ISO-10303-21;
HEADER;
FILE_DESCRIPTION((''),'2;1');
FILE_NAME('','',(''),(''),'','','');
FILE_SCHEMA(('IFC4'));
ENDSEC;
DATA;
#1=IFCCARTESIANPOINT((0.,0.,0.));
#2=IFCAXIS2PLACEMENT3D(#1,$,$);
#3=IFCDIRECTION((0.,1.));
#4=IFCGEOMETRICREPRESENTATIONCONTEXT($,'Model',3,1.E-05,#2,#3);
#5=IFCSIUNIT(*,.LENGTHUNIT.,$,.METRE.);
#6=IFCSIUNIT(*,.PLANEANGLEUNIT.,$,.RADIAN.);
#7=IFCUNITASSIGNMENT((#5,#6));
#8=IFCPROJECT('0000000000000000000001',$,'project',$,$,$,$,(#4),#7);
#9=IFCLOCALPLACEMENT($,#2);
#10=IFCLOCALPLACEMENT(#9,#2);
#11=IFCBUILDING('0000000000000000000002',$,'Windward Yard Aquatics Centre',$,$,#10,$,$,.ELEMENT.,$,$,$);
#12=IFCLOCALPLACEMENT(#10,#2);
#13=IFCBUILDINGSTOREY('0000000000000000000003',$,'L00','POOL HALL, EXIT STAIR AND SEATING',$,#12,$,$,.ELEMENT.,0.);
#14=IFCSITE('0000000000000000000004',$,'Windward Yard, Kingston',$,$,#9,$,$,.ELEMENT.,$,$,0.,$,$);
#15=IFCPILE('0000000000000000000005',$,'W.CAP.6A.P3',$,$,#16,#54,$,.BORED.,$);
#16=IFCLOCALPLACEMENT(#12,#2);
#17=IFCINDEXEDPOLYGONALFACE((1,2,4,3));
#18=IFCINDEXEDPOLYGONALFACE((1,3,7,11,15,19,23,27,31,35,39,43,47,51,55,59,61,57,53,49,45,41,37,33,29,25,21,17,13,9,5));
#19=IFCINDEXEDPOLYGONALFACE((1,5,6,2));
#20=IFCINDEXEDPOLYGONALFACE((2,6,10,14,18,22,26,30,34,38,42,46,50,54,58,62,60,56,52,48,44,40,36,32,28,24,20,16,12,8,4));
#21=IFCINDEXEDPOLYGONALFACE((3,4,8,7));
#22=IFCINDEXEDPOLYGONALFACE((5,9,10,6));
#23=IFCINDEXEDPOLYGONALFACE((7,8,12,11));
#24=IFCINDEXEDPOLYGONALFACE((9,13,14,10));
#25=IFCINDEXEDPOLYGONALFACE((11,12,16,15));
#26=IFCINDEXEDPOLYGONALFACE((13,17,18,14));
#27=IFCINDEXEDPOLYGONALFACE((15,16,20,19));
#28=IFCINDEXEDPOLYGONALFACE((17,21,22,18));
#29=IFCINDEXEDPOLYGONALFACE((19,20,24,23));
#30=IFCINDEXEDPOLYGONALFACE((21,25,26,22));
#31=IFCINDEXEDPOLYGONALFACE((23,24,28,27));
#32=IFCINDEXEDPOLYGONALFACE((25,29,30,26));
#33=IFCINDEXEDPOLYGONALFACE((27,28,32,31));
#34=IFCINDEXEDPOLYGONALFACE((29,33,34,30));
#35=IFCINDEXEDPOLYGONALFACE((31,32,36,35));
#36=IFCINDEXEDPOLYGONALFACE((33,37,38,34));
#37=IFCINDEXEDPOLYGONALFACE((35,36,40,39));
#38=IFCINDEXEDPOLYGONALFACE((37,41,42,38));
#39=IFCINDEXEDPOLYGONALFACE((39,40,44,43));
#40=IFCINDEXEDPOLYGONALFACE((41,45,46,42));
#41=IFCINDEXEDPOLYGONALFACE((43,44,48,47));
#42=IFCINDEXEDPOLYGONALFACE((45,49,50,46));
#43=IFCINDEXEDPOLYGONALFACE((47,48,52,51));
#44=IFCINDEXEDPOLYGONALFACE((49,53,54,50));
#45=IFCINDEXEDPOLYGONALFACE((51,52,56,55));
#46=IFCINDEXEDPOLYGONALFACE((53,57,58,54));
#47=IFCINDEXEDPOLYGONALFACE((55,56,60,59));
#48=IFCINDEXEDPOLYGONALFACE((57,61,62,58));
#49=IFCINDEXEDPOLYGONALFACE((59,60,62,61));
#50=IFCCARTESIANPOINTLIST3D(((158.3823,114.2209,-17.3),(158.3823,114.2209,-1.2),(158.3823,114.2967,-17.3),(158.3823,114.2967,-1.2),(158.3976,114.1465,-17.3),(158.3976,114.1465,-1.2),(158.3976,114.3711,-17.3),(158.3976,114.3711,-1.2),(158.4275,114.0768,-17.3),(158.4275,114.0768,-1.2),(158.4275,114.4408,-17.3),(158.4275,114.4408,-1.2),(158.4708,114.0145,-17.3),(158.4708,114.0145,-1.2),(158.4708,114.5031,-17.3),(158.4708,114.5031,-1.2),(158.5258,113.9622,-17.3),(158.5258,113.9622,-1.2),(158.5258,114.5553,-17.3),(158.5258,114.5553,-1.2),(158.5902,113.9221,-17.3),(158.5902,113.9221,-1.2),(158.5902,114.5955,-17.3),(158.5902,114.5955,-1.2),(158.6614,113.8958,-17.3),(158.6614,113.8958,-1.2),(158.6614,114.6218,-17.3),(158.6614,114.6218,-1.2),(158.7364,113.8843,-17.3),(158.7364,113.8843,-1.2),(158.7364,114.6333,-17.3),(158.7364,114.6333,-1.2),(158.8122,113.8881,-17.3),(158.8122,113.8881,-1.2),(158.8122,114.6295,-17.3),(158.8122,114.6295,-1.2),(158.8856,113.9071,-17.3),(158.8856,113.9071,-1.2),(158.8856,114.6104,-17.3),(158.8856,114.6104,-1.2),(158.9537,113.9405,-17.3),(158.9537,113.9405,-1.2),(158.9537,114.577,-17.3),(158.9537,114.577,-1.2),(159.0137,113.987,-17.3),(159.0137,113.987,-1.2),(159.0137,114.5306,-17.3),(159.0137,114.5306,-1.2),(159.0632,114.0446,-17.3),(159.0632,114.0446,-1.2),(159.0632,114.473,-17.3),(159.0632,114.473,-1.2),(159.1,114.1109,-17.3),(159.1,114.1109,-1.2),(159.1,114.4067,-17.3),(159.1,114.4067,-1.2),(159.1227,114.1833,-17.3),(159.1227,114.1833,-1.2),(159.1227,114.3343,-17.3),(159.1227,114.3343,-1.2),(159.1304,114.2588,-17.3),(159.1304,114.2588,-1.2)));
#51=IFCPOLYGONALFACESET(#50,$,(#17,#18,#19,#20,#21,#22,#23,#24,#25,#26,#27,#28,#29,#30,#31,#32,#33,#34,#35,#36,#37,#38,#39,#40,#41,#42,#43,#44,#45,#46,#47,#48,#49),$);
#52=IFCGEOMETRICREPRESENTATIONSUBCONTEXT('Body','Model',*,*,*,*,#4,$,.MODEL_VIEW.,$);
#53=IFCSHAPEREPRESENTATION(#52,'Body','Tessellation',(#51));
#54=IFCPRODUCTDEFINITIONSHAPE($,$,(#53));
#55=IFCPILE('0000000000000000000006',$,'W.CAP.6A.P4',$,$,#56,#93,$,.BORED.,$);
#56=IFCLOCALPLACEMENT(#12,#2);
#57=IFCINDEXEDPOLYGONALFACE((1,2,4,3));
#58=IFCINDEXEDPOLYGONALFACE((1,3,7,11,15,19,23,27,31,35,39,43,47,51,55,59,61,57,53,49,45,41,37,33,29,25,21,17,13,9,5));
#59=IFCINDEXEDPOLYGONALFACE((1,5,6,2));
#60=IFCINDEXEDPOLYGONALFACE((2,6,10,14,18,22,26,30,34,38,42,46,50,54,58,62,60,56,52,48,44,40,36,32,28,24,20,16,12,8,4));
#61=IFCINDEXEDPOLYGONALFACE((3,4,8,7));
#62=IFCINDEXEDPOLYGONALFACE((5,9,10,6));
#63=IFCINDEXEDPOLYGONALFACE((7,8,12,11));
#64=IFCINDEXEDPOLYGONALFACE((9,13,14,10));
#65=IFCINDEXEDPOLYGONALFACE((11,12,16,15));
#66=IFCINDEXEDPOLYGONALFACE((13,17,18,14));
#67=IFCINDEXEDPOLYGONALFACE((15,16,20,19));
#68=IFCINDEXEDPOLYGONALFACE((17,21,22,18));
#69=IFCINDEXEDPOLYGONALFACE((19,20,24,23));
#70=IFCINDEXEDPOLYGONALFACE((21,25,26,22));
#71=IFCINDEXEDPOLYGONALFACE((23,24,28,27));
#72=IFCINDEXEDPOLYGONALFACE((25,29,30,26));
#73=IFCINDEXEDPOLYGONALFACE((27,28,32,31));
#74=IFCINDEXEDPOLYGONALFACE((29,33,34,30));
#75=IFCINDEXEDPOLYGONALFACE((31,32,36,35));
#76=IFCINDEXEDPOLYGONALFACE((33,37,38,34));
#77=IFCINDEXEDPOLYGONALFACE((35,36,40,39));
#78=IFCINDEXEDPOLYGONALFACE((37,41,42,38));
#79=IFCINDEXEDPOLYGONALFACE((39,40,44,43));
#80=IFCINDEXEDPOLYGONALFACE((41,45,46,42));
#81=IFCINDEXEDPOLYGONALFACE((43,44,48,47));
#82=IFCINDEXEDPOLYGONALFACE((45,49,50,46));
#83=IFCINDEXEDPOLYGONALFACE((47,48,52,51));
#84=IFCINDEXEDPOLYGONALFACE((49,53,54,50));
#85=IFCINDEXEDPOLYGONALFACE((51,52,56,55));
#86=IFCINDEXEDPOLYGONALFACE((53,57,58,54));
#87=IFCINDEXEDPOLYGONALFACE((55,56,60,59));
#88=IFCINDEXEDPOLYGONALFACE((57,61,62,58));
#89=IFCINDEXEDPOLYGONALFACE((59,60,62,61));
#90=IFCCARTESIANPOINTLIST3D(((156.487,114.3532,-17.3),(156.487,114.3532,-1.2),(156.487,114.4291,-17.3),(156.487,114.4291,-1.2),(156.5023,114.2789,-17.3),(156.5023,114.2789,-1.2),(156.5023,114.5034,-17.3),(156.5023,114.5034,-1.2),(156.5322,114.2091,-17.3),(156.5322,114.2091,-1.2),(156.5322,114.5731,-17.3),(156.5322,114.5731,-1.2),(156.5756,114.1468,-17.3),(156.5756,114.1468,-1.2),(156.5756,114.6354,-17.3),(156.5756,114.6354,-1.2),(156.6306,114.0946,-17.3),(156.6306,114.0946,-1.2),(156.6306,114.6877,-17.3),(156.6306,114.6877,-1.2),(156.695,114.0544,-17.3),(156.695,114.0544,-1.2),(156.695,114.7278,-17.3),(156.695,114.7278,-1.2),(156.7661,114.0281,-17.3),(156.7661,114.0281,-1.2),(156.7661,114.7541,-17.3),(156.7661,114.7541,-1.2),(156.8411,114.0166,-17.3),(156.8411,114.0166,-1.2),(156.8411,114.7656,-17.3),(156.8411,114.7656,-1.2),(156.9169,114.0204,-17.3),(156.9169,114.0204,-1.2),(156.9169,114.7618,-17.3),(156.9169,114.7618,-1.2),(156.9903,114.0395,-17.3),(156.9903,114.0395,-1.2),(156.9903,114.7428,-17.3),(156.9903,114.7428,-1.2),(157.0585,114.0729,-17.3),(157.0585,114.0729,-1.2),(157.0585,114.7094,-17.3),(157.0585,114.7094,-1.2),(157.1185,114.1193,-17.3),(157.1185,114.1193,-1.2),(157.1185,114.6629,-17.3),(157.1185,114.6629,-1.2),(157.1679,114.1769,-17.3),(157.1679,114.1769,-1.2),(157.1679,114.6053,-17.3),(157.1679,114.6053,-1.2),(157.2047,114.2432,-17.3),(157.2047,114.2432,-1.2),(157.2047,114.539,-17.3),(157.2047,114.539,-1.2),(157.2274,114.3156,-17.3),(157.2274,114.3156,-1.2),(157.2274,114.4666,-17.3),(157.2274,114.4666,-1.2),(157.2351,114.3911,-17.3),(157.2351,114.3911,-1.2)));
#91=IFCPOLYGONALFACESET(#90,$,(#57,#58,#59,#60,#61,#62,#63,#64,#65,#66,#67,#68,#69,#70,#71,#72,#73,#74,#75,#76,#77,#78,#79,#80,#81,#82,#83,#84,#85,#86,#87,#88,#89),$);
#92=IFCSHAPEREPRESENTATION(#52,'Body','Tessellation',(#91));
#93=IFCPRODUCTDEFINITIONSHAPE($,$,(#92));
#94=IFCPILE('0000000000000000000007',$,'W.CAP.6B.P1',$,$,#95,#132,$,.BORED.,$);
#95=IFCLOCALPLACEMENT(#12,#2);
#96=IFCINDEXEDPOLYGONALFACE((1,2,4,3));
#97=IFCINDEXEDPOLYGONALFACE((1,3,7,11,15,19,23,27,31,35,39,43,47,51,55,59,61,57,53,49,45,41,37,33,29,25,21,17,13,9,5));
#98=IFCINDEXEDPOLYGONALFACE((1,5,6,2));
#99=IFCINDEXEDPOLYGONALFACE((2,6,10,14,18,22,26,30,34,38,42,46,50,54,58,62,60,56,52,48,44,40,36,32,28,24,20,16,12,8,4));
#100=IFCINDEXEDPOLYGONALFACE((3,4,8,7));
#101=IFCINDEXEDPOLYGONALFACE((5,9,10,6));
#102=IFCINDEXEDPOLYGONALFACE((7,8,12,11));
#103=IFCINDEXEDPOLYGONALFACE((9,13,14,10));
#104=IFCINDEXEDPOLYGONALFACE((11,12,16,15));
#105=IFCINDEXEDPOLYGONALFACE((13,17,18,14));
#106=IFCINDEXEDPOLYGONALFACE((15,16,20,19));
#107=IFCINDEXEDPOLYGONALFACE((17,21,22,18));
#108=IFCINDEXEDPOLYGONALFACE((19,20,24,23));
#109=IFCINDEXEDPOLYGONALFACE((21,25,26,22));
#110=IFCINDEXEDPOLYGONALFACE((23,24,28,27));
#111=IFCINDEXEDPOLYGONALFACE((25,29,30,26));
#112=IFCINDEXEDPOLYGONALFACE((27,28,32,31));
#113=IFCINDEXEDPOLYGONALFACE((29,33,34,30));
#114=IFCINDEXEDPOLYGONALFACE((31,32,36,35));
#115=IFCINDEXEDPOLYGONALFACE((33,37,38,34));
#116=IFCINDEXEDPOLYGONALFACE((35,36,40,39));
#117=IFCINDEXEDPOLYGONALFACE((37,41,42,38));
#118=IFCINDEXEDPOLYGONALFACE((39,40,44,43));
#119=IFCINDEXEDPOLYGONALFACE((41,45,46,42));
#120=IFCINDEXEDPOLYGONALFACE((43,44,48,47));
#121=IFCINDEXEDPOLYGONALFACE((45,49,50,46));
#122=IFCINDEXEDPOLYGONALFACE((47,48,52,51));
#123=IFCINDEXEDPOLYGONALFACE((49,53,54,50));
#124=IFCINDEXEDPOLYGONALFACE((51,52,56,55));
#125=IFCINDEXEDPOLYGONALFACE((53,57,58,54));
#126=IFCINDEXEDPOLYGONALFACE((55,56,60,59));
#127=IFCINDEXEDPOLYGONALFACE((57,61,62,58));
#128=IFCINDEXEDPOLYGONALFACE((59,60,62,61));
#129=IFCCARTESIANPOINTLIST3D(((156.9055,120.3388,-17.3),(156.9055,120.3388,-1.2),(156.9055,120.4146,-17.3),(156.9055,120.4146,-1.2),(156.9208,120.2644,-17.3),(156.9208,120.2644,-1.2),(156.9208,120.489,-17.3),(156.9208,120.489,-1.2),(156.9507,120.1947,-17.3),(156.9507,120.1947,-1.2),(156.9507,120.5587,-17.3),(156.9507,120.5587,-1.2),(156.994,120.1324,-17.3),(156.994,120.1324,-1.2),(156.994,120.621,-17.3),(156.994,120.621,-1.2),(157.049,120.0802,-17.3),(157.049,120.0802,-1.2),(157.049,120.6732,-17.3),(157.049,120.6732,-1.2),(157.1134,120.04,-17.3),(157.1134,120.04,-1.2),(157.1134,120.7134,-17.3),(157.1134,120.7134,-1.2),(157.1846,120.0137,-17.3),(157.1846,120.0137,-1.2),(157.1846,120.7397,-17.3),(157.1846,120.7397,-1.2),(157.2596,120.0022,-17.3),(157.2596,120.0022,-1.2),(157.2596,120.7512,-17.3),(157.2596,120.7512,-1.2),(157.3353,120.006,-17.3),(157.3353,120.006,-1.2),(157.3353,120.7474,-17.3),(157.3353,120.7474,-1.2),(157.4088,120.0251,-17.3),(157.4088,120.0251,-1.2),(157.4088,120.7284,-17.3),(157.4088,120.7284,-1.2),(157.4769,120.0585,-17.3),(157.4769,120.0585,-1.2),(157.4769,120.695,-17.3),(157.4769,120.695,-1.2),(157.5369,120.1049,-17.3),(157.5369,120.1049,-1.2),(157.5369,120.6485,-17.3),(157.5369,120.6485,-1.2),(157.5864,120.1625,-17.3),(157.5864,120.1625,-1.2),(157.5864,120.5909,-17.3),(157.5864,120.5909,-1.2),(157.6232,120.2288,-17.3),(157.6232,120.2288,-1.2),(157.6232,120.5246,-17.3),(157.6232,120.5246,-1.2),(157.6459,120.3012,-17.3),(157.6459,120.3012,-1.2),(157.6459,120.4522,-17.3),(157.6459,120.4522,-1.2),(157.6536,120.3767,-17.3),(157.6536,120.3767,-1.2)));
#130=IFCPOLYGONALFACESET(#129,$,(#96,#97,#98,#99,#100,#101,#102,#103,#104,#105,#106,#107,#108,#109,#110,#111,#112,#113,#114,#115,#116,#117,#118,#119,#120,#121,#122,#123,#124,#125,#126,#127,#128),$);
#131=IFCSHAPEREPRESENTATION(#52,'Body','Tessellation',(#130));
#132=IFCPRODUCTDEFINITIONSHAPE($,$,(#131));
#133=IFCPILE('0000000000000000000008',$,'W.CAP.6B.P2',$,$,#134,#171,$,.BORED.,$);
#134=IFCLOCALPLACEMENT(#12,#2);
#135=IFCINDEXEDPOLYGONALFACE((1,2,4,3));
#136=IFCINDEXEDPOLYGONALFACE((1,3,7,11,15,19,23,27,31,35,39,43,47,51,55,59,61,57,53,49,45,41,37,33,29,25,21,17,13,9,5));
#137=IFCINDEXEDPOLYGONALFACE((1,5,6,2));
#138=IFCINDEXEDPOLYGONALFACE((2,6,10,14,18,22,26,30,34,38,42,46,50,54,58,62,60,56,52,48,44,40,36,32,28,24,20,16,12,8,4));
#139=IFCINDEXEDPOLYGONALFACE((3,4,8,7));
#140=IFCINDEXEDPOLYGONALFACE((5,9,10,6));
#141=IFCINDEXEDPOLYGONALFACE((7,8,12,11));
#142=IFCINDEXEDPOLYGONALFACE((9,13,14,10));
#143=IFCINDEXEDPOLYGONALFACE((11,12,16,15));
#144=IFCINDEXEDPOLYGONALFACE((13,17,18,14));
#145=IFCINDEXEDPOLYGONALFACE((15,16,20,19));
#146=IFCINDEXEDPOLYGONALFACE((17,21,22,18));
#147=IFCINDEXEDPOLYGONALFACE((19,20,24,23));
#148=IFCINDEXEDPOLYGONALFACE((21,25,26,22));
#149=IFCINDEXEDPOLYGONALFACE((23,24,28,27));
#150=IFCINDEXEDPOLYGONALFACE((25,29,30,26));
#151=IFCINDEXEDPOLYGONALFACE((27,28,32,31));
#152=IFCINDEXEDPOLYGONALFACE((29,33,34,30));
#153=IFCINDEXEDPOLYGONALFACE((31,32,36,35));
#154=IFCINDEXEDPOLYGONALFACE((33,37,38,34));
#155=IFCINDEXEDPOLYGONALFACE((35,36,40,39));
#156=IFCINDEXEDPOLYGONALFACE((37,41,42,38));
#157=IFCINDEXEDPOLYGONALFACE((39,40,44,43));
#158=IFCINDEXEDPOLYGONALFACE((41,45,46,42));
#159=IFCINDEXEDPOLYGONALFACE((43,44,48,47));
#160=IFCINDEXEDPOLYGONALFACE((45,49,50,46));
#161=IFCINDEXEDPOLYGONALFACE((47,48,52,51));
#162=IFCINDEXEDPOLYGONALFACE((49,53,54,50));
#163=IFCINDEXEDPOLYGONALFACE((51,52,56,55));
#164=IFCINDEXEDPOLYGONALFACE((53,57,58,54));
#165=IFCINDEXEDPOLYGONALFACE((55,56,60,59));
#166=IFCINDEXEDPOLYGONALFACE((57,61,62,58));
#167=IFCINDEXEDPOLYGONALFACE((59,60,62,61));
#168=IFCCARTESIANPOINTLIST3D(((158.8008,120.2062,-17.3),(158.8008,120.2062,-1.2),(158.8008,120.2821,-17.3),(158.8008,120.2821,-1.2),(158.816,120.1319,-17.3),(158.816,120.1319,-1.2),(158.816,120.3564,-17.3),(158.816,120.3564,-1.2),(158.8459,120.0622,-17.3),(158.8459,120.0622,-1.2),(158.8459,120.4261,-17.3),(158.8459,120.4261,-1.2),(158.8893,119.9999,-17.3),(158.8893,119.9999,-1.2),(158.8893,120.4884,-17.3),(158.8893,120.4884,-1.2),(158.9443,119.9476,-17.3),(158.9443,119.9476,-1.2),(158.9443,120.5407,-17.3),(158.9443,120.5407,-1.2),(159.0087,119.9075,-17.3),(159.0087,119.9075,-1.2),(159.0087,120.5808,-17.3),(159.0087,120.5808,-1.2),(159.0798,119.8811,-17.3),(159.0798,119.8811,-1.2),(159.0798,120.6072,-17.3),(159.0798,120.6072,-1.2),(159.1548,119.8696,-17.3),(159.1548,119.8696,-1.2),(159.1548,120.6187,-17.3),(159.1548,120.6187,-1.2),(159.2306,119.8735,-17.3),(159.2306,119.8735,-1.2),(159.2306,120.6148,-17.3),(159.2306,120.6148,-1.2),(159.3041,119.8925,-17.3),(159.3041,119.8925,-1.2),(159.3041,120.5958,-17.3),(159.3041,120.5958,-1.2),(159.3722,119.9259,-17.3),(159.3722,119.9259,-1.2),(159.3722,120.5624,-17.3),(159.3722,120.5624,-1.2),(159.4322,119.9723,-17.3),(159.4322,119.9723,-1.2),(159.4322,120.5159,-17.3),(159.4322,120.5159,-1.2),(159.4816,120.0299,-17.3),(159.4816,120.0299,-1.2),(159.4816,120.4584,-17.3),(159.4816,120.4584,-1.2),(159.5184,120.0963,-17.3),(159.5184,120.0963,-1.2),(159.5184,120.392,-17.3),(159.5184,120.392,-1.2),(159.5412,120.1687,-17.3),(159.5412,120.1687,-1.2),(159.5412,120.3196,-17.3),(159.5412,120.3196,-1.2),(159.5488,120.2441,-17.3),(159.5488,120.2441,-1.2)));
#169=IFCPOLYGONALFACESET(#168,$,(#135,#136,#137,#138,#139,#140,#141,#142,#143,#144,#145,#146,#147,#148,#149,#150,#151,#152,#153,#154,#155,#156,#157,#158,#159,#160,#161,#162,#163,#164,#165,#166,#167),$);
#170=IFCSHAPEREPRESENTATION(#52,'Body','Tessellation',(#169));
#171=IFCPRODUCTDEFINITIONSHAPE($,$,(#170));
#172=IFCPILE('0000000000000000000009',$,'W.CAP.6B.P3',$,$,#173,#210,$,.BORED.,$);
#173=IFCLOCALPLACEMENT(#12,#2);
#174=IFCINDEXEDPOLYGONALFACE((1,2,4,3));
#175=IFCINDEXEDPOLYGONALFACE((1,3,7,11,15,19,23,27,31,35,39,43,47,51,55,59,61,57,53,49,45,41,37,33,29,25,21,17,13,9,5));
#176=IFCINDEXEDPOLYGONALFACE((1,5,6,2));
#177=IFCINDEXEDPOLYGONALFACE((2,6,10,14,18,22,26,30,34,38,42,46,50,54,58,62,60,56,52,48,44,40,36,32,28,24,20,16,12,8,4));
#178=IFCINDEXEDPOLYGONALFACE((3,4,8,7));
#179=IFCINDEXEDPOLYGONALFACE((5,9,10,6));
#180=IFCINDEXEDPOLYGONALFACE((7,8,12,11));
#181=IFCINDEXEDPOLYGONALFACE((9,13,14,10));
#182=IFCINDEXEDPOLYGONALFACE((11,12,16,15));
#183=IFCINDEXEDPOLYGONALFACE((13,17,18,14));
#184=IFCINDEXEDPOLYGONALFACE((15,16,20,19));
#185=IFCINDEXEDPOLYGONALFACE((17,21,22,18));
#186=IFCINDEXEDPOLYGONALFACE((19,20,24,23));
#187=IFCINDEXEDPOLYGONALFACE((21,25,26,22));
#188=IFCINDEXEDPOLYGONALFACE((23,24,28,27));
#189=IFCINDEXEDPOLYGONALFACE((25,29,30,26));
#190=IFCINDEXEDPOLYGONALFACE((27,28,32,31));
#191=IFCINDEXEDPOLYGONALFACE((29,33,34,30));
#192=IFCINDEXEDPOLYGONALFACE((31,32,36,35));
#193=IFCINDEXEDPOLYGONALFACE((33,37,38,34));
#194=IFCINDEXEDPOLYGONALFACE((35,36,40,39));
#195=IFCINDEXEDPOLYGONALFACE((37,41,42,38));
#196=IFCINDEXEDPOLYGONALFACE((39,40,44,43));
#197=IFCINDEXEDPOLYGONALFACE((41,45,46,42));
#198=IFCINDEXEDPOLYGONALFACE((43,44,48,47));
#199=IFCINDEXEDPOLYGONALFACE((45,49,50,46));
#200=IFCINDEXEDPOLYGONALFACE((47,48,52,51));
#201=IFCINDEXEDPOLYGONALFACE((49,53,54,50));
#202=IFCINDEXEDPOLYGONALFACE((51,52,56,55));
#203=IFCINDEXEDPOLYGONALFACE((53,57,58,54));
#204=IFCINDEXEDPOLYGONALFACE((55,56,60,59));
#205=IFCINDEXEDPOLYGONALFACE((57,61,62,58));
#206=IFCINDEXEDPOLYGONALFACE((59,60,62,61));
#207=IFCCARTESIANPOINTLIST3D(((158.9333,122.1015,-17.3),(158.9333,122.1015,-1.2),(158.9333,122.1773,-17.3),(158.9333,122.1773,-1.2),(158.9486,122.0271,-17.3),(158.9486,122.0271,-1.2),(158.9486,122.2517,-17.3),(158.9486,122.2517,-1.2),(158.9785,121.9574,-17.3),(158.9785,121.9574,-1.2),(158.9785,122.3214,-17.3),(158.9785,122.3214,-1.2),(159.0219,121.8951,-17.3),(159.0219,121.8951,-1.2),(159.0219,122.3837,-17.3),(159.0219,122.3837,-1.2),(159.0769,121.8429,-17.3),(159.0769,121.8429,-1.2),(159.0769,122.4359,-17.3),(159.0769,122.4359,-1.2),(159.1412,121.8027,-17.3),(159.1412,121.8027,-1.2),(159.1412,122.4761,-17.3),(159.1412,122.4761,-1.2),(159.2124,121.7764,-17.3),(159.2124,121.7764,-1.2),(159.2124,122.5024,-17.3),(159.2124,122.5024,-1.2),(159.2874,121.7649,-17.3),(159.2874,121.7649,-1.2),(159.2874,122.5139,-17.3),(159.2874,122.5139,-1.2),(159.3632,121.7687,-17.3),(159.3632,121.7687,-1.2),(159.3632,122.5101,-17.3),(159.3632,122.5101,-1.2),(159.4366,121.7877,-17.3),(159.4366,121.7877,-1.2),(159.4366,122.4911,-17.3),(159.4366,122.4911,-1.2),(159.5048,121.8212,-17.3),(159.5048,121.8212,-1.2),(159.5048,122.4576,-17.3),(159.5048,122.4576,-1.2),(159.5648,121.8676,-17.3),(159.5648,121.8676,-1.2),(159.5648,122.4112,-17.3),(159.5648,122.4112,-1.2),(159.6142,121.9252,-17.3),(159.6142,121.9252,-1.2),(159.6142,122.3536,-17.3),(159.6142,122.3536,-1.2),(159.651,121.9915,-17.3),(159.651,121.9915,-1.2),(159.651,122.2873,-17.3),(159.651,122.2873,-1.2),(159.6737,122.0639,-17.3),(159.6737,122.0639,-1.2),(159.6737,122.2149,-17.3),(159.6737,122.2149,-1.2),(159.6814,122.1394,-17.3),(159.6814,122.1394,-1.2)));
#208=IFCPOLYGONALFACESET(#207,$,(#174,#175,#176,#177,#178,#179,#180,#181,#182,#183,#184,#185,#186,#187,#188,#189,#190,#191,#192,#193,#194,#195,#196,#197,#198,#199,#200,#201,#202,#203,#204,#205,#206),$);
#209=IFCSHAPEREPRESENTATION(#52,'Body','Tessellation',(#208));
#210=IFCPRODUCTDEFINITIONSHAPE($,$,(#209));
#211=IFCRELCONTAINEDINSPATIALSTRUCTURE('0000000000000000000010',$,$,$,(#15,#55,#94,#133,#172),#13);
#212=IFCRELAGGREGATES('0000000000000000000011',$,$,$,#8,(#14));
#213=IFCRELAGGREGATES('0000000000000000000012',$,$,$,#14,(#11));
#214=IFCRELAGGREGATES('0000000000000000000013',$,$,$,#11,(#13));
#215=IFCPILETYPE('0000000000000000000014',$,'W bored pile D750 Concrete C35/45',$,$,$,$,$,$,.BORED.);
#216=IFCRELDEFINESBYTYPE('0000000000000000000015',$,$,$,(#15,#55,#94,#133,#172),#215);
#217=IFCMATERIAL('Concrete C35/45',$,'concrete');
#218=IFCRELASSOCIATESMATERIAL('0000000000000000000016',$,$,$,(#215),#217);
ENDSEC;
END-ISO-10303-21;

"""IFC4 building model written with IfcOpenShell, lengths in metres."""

from ifc_helpers import new_model, si_unit, direction, frame, origin, origin_2d, place, context, subcontext, project, spatial, circle, extrude, material, material_profile, profile_set, type_object, element, save


model = new_model("IFC4")

# Units and contexts
model_context = context("Model", 3, precision=1e-05, world=origin(), true_north=direction((0.0, 1.0)))
body_context = subcontext(model_context, "Body", "Model", "MODEL_VIEW")
ifc_project = project(units=[si_unit("LENGTHUNIT", "METRE"), si_unit("PLANEANGLEUNIT", "RADIAN")], contexts=[model_context])

# Site, building, storey
site_placement = place(None, origin())
site = spatial("IfcSite", under=ifc_project, at=site_placement, Name="Windward Yard, Kingston", CompositionType="ELEMENT", RefElevation=0.0)
building_placement = place(site_placement, origin())
building = spatial("IfcBuilding", under=site, at=building_placement, Name="Windward Yard Aquatics Centre", CompositionType="ELEMENT")
storey_placement = place(building_placement, origin())
storey = spatial("IfcBuildingStorey", under=building, at=storey_placement, Name="L00", Description="POOL HALL, EXIT STAIR AND SEATING", CompositionType="ELEMENT", Elevation=0.0)

# Piles
ifc_material_1 = material(Name="Concrete C35/45", Category="concrete")
ifc_material_profile_1 = material_profile(ifc_material_1, circle(Radius=0.375, at=origin_2d()), Name="D750")
ifc_profile_set_1 = profile_set([ifc_material_profile_1], Name="Concrete C35/45")
pile_type = type_object("IfcPileType", Name="W bored pile D750 Concrete C35/45", PredefinedType="BORED", material=ifc_profile_set_1)
for number, where, z_axis, x_axis, name in (
    (1, (158.7554, 114.2588, -1.2), (0.0, 0.0, -1.0), (1.0, 0.0, 0.0), "W.CAP.6A.P3"),
    (2, (156.8601, 114.3911, -1.2), (0.0, 0.0, -1.0), (1.0, 0.0, 0.0), "W.CAP.6A.P4"),
    (3, (157.2786, 120.3767, -1.2), (0.0, 0.0, -1.0), (1.0, 0.0, 0.0), "W.CAP.6B.P1"),
    (4, (159.1738, 120.2441, -1.2), (0.0, 0.0, -1.0), (1.0, 0.0, 0.0), "W.CAP.6B.P2"),
    (5, (159.3064, 122.1394, -1.2), (0.0, 0.0, -1.0), (1.0, 0.0, 0.0), "W.CAP.6B.P3"),
):
    element("IfcPile", number, at=place(storey_placement, frame(where, z_axis=z_axis, x_axis=x_axis)), inside=storey, type_object=pile_type, Name=name, PredefinedType="BORED", context=body_context, shape_type="SweptSolid", body=[
        extrude(circle(Radius=0.375, at=origin_2d()), origin(), (0.0, 0.0, 1.0), 16.1001),
    ])

save(model, "model.ifc")
